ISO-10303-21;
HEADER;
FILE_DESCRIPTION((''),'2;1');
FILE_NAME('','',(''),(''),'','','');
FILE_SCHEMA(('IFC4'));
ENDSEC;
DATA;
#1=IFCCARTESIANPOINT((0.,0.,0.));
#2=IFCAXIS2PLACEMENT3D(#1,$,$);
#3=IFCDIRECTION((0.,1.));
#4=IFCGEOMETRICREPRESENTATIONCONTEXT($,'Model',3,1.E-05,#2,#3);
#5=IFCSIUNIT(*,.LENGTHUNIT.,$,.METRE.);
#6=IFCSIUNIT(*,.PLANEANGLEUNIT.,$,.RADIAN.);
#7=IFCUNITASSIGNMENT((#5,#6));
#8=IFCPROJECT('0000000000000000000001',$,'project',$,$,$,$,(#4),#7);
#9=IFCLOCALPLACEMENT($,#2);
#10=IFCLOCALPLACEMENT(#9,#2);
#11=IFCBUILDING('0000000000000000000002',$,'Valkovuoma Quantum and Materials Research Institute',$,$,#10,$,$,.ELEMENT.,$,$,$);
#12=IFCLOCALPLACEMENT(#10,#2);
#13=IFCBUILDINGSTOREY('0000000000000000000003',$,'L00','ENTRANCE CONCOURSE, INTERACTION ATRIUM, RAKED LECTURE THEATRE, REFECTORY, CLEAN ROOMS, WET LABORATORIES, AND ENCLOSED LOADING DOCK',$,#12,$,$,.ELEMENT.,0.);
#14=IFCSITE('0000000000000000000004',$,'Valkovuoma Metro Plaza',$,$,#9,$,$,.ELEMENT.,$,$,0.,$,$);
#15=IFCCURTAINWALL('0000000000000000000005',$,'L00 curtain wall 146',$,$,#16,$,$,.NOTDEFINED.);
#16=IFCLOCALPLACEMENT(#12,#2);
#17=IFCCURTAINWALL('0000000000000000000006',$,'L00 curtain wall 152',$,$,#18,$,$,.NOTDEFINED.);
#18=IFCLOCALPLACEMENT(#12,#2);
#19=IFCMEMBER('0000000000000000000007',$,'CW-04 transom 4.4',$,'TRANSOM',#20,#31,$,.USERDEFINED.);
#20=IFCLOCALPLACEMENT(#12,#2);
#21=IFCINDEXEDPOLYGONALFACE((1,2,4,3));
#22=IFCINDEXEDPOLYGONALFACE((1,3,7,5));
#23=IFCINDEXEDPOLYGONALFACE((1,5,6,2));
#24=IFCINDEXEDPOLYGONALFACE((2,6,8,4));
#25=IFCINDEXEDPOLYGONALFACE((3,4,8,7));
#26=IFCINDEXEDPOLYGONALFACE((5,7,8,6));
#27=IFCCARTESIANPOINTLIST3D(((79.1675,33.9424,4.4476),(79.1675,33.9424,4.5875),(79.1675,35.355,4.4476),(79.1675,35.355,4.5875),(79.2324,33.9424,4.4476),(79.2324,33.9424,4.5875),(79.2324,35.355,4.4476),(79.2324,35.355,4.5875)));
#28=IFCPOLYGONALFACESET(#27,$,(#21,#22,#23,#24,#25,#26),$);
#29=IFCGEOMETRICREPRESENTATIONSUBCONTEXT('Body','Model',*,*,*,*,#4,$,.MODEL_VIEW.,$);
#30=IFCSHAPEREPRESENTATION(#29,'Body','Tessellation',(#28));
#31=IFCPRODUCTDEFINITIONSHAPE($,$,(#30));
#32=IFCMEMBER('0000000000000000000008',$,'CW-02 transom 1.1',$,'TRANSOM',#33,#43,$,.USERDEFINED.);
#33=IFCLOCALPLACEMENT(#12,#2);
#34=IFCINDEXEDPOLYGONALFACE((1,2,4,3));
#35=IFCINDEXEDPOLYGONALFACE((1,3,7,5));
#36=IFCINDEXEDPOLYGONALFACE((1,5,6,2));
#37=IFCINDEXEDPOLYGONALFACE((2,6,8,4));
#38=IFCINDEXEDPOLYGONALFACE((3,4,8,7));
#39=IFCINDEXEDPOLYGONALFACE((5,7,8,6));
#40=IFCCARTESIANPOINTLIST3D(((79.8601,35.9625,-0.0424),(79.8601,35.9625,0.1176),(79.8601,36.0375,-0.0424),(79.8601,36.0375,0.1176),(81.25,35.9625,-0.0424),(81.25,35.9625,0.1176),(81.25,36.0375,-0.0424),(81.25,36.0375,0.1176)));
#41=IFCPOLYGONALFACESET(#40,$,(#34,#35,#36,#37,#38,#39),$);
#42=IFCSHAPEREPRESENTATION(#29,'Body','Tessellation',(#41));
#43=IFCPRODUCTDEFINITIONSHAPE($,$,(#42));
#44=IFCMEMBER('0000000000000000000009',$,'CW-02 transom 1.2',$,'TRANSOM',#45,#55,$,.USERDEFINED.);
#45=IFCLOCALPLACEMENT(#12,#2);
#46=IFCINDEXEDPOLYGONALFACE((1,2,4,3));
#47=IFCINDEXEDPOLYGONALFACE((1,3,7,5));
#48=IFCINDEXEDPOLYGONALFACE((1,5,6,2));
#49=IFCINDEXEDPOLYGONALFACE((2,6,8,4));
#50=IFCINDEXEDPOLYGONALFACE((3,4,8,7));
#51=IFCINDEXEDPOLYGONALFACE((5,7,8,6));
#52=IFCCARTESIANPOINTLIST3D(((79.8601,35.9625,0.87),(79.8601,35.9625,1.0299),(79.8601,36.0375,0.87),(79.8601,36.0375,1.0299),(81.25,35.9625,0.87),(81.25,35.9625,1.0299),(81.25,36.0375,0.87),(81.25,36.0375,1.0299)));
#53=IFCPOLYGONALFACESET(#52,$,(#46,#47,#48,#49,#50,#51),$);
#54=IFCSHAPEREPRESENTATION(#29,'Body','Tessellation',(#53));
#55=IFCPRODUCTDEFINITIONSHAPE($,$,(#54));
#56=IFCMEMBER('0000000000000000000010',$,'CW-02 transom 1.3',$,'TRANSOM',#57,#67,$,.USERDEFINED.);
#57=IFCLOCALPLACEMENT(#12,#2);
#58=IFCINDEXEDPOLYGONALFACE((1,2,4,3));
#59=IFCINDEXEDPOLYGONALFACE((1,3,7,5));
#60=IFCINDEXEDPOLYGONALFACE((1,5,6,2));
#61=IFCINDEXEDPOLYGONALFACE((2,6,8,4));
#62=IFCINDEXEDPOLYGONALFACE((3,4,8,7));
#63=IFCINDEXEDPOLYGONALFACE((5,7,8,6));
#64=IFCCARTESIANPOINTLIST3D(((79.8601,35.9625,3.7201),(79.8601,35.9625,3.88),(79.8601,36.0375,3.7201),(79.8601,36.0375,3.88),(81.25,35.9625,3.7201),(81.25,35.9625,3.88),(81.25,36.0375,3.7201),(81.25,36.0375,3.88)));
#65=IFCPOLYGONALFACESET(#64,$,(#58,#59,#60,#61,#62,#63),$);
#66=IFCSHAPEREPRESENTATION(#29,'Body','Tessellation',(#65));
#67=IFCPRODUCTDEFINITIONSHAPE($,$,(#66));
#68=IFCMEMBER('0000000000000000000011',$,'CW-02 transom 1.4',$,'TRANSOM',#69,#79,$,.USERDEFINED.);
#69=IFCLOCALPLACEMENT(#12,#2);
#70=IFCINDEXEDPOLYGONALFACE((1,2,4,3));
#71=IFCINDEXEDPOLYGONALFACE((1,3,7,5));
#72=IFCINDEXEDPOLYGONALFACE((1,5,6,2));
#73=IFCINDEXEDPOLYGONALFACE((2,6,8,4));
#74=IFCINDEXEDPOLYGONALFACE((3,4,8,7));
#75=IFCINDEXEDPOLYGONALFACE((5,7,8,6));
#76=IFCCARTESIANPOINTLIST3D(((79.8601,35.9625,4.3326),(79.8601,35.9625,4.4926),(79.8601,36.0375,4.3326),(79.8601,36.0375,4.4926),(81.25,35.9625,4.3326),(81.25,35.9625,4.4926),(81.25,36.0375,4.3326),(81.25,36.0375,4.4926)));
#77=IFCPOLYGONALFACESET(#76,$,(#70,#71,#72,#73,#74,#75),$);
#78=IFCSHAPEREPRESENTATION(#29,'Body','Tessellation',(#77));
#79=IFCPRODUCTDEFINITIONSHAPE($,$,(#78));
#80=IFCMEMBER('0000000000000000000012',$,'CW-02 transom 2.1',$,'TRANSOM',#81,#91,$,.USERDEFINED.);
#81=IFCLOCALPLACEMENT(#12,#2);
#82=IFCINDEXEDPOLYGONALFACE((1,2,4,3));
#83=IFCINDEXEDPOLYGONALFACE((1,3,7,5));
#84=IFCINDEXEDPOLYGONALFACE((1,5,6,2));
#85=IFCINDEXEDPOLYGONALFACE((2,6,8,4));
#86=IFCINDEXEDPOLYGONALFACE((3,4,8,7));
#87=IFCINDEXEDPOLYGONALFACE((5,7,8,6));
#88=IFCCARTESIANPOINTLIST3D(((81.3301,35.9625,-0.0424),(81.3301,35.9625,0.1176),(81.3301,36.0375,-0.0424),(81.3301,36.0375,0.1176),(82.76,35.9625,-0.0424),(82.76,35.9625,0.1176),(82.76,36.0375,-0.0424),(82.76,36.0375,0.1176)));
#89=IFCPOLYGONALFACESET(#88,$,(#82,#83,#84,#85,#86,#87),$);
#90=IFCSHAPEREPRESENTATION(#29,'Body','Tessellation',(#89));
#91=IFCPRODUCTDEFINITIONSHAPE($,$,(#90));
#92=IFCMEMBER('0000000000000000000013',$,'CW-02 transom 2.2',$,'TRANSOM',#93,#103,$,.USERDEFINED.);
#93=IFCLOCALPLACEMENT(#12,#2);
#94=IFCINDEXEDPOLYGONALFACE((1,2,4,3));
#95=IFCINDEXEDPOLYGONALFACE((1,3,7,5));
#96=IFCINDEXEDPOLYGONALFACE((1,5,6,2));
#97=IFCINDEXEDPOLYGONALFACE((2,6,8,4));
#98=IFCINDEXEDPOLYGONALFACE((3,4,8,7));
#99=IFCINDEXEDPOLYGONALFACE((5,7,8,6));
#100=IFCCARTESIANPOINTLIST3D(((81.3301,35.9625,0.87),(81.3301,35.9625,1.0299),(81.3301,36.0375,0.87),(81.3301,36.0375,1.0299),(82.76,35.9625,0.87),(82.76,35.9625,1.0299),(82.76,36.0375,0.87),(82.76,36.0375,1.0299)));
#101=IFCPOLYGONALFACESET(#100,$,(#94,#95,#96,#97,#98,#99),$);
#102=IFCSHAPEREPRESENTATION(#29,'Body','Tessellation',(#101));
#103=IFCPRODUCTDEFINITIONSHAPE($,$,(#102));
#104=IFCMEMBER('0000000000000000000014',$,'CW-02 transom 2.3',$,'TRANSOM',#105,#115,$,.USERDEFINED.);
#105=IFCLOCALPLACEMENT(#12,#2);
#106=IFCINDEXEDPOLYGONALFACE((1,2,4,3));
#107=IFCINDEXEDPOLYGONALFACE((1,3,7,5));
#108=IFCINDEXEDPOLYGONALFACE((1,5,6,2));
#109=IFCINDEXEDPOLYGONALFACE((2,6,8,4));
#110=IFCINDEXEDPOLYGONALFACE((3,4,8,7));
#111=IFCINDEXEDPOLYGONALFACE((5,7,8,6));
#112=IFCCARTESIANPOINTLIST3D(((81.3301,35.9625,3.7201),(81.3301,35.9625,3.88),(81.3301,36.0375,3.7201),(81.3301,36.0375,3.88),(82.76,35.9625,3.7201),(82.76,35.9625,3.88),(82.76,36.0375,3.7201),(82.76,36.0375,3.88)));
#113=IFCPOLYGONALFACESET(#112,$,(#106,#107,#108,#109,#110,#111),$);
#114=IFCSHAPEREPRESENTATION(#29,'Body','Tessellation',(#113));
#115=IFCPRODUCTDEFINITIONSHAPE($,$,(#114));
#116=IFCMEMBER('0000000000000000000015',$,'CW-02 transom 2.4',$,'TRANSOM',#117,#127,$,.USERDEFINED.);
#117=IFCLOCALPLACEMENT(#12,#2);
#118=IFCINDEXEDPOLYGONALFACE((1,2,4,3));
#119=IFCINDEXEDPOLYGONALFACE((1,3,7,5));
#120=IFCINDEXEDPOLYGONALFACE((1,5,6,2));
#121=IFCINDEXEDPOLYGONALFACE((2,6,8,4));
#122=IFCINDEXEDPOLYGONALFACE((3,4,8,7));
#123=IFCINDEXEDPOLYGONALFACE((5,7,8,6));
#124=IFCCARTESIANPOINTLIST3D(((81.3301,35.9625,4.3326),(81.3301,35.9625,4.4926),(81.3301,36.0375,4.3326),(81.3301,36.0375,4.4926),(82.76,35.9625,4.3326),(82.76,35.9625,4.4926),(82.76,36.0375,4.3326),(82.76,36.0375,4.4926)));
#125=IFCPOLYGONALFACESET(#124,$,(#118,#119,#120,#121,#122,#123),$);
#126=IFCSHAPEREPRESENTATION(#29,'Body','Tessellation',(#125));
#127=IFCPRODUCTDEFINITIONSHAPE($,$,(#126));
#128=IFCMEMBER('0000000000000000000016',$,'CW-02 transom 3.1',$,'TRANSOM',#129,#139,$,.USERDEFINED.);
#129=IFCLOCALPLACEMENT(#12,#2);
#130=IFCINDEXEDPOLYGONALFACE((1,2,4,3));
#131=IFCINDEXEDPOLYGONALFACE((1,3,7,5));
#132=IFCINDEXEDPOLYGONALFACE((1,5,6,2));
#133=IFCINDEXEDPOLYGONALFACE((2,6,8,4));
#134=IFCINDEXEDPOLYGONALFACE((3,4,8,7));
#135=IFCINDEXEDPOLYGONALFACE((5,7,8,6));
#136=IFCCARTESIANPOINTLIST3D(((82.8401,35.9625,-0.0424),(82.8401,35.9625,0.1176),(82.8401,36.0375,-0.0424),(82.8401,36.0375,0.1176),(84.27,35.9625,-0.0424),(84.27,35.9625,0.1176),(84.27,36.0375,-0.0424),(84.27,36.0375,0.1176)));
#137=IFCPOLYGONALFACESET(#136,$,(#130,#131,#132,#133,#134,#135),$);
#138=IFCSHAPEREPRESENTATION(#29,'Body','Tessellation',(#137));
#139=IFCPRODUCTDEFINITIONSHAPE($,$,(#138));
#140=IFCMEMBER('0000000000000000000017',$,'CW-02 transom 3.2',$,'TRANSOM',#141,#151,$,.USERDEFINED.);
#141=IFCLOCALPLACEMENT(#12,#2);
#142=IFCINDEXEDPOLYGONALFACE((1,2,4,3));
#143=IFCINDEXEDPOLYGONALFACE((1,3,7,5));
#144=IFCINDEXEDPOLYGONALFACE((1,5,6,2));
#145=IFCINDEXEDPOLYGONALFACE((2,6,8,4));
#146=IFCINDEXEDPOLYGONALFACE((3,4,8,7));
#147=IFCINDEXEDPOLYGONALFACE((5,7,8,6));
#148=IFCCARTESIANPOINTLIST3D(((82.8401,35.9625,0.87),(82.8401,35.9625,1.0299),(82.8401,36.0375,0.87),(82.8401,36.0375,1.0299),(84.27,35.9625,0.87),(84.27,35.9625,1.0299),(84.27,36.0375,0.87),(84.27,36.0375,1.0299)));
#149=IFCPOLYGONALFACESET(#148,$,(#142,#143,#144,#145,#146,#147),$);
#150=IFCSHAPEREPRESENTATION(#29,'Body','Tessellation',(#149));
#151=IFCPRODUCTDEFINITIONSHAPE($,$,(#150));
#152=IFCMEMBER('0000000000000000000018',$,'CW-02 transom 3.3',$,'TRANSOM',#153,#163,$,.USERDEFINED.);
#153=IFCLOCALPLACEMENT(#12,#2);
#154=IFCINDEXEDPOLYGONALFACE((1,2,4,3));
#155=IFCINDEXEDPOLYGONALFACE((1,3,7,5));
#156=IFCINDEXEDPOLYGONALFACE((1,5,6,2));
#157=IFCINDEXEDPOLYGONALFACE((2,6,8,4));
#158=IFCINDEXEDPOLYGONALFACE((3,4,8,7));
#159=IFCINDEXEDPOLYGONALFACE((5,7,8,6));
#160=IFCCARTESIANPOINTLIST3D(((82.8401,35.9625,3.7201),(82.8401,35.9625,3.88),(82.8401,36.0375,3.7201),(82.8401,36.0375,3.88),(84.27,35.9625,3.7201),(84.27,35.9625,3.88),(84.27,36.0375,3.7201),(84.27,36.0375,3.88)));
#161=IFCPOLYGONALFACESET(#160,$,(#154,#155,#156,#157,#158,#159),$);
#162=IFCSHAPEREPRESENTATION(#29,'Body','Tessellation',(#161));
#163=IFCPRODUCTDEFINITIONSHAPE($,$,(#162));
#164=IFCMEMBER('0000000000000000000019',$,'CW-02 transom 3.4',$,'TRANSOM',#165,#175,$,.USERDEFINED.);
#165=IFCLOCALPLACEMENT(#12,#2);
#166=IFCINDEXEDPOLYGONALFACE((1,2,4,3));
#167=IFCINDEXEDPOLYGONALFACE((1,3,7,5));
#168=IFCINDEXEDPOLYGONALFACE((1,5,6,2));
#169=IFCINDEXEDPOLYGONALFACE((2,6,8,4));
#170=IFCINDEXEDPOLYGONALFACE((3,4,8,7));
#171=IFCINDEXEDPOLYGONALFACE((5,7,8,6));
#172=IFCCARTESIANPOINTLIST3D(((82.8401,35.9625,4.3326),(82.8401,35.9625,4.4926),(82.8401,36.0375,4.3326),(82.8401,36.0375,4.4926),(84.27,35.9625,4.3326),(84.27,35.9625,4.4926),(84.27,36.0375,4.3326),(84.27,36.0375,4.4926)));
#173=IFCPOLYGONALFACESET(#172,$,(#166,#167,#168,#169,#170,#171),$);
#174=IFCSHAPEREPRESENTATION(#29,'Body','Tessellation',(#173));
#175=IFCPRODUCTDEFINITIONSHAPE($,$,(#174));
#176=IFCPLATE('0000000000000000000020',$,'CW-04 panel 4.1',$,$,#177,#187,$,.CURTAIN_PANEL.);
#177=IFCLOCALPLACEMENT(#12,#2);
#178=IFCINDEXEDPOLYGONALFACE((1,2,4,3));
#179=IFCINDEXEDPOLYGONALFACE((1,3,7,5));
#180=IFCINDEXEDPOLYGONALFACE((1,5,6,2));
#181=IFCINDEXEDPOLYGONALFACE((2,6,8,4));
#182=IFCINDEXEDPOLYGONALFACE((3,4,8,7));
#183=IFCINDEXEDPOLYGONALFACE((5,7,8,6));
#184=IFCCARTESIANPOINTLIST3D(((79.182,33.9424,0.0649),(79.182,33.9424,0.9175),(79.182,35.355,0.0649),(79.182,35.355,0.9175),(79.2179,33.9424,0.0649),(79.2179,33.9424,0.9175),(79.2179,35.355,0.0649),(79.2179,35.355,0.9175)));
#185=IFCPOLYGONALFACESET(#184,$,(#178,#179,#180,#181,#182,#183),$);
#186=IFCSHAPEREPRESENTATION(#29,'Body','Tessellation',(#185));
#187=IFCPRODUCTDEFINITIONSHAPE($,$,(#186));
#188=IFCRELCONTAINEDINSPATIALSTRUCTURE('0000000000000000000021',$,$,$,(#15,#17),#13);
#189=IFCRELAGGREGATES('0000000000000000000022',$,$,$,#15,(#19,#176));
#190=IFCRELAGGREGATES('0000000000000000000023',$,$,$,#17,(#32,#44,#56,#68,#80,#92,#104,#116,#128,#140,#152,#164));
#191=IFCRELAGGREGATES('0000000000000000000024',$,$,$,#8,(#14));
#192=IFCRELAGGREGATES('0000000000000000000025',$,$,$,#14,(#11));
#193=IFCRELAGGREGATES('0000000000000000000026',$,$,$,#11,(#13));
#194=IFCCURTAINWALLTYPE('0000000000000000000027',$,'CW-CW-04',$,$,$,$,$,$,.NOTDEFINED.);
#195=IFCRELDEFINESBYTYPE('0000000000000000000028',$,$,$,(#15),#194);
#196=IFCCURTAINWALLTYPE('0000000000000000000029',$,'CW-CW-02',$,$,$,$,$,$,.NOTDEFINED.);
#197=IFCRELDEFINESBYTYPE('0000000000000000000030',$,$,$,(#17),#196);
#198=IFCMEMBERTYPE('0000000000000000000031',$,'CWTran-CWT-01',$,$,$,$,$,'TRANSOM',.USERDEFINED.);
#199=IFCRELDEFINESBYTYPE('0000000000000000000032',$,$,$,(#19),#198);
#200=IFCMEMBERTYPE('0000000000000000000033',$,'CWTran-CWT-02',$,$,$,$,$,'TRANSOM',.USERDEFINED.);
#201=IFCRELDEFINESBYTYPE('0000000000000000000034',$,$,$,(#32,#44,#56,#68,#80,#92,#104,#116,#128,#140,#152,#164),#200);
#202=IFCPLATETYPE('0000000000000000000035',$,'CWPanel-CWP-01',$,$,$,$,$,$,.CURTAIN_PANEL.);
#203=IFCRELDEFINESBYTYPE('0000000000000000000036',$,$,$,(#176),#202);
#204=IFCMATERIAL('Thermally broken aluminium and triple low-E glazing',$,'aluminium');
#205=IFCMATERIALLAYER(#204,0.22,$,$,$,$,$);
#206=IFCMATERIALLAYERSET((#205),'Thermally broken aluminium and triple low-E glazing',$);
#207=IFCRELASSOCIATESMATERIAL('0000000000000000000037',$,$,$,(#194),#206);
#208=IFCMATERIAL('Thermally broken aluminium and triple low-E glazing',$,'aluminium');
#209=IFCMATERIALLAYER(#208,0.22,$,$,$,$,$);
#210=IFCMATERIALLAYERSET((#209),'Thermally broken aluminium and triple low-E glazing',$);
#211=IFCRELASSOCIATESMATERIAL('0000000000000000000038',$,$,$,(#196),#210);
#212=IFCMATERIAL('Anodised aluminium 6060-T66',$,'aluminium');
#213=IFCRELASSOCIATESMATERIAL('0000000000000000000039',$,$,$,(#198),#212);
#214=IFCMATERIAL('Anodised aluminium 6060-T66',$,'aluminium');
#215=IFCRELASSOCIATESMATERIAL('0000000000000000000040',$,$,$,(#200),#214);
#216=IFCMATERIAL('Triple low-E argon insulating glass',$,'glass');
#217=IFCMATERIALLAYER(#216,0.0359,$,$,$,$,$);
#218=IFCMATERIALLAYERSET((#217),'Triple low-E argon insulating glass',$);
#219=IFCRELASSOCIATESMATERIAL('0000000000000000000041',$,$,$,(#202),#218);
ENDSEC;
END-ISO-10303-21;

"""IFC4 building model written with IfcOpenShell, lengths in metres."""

from ifc_helpers import new_model, si_unit, direction, frame, origin, origin_2d, place, context, subcontext, project, spatial, rectangle, extrude, material, layer, layer_set, material_profile, profile_set, type_object, element, aggregate, save


model = new_model("IFC4")

# Units and contexts
model_context = context("Model", 3, precision=1e-05, world=origin(), true_north=direction((0.0, 1.0)))
body_context = subcontext(model_context, "Body", "Model", "MODEL_VIEW")
ifc_project = project(units=[si_unit("LENGTHUNIT", "METRE"), si_unit("PLANEANGLEUNIT", "RADIAN")], contexts=[model_context])

# Site, building, storey
site_placement = place(None, origin())
site = spatial("IfcSite", under=ifc_project, at=site_placement, Name="Valkovuoma Metro Plaza", CompositionType="ELEMENT", RefElevation=0.0)
building_placement = place(site_placement, origin())
building = spatial("IfcBuilding", under=site, at=building_placement, Name="Valkovuoma Quantum and Materials Research Institute", CompositionType="ELEMENT")
storey_placement = place(building_placement, origin())
storey = spatial("IfcBuildingStorey", under=building, at=storey_placement, Name="L00", Description="ENTRANCE CONCOURSE, INTERACTION ATRIUM, RAKED LECTURE THEATRE, REFECTORY, CLEAN ROOMS, WET LABORATORIES, AND ENCLOSED LOADING DOCK", CompositionType="ELEMENT", Elevation=0.0)

# Curtain wall
ifc_material_1 = material(Name="Thermally broken aluminium and triple low-E glazing", Category="aluminium")
ifc_layer_1 = layer(ifc_material_1, 0.22)
ifc_layer_set_1 = layer_set([ifc_layer_1], Name="Thermally broken aluminium and triple low-E glazing")
curtain_wall_type_1 = type_object("IfcCurtainWallType", Name="CW-CW-04", PredefinedType="NOTDEFINED", material=ifc_layer_set_1)
curtain_wall_1_placement = place(storey_placement, origin())
curtain_wall_1 = element("IfcCurtainWall", 1, at=curtain_wall_1_placement, inside=storey, type_object=curtain_wall_type_1, Name="L00 curtain wall 146", PredefinedType="NOTDEFINED")

# Curtain wall
ifc_material_2 = material(Name="Thermally broken aluminium and triple low-E glazing", Category="aluminium")
ifc_layer_2 = layer(ifc_material_2, 0.22)
ifc_layer_set_2 = layer_set([ifc_layer_2], Name="Thermally broken aluminium and triple low-E glazing")
curtain_wall_type_2 = type_object("IfcCurtainWallType", Name="CW-CW-02", PredefinedType="NOTDEFINED", material=ifc_layer_set_2)
curtain_wall_2_placement = place(storey_placement, origin())
curtain_wall_2 = element("IfcCurtainWall", 2, at=curtain_wall_2_placement, inside=storey, type_object=curtain_wall_type_2, Name="L00 curtain wall 152", PredefinedType="NOTDEFINED")

# Members
ifc_material_3 = material(Name="Anodised aluminium 6060-T66", Category="aluminium")
ifc_material_profile_1 = material_profile(ifc_material_3, rectangle(XDim=0.0649, YDim=0.1399, at=origin_2d()), Name="Anodised aluminium 6060-T66")
ifc_profile_set_1 = profile_set([ifc_material_profile_1], Name="Anodised aluminium 6060-T66")
member_type_1 = type_object("IfcMemberType", Name="CWTran-CWT-01", ElementType="TRANSOM", PredefinedType="USERDEFINED", material=ifc_profile_set_1)
member_1_placement = place(storey_placement, frame((79.2, 33.9424, 4.5176), z_axis=(0.0, 1.0, 0.0), x_axis=(-1.0, 0.0, 0.0)))
member_1 = element("IfcMember", 3, at=member_1_placement, type_object=member_type_1, Name="CW-04 transom 4.4", ObjectType="TRANSOM", PredefinedType="USERDEFINED", context=body_context, shape_type="SweptSolid", body=[
    extrude(rectangle(XDim=0.0649, YDim=0.1399, at=origin_2d()), origin(), (0.0, 0.0, 1.0), 1.4126),
])
ifc_material_4 = material(Name="Anodised aluminium 6060-T66", Category="aluminium")
ifc_material_profile_2 = material_profile(ifc_material_4, rectangle(XDim=0.075, YDim=0.1599, at=origin_2d()), Name="Anodised aluminium 6060-T66")
ifc_profile_set_2 = profile_set([ifc_material_profile_2], Name="Anodised aluminium 6060-T66")
member_type_2 = type_object("IfcMemberType", Name="CWTran-CWT-02", ElementType="TRANSOM", PredefinedType="USERDEFINED", material=ifc_profile_set_2)
member_2_placement = place(storey_placement, frame((79.8601, 36.0, 0.0376), z_axis=(1.0, 0.0, 0.0), x_axis=(0.0, 1.0, 0.0)))
member_2 = element("IfcMember", 4, at=member_2_placement, type_object=member_type_2, Name="CW-02 transom 1.1", ObjectType="TRANSOM", PredefinedType="USERDEFINED", context=body_context, shape_type="SweptSolid", body=[
    extrude(rectangle(XDim=0.075, YDim=0.1599, at=origin_2d()), origin(), (0.0, 0.0, 1.0), 1.3899),
])
member_3_placement = place(storey_placement, frame((79.8601, 36.0, 0.95), z_axis=(1.0, 0.0, 0.0), x_axis=(0.0, 1.0, 0.0)))
member_3 = element("IfcMember", 5, at=member_3_placement, type_object=member_type_2, Name="CW-02 transom 1.2", ObjectType="TRANSOM", PredefinedType="USERDEFINED", context=body_context, shape_type="SweptSolid", body=[
    extrude(rectangle(XDim=0.075, YDim=0.1599, at=origin_2d()), origin(), (0.0, 0.0, 1.0), 1.3899),
])
member_4_placement = place(storey_placement, frame((79.8601, 36.0, 3.8), z_axis=(1.0, 0.0, 0.0), x_axis=(0.0, 1.0, 0.0)))
member_4 = element("IfcMember", 6, at=member_4_placement, type_object=member_type_2, Name="CW-02 transom 1.3", ObjectType="TRANSOM", PredefinedType="USERDEFINED", context=body_context, shape_type="SweptSolid", body=[
    extrude(rectangle(XDim=0.075, YDim=0.1599, at=origin_2d()), origin(), (0.0, 0.0, 1.0), 1.3899),
])
member_5_placement = place(storey_placement, frame((79.8601, 36.0, 4.4126), z_axis=(1.0, 0.0, 0.0), x_axis=(0.0, 1.0, 0.0)))
member_5 = element("IfcMember", 7, at=member_5_placement, type_object=member_type_2, Name="CW-02 transom 1.4", ObjectType="TRANSOM", PredefinedType="USERDEFINED", context=body_context, shape_type="SweptSolid", body=[
    extrude(rectangle(XDim=0.075, YDim=0.1599, at=origin_2d()), origin(), (0.0, 0.0, 1.0), 1.3899),
])
member_6_placement = place(storey_placement, frame((81.3301, 36.0, 0.0376), z_axis=(1.0, 0.0, 0.0), x_axis=(0.0, 1.0, 0.0)))
member_6 = element("IfcMember", 8, at=member_6_placement, type_object=member_type_2, Name="CW-02 transom 2.1", ObjectType="TRANSOM", PredefinedType="USERDEFINED", context=body_context, shape_type="SweptSolid", body=[
    extrude(rectangle(XDim=0.075, YDim=0.1599, at=origin_2d()), origin(), (0.0, 0.0, 1.0), 1.4299),
])
member_7_placement = place(storey_placement, frame((81.3301, 36.0, 0.95), z_axis=(1.0, 0.0, 0.0), x_axis=(0.0, 1.0, 0.0)))
member_7 = element("IfcMember", 9, at=member_7_placement, type_object=member_type_2, Name="CW-02 transom 2.2", ObjectType="TRANSOM", PredefinedType="USERDEFINED", context=body_context, shape_type="SweptSolid", body=[
    extrude(rectangle(XDim=0.075, YDim=0.1599, at=origin_2d()), origin(), (0.0, 0.0, 1.0), 1.4299),
])
member_8_placement = place(storey_placement, frame((81.3301, 36.0, 3.8), z_axis=(1.0, 0.0, 0.0), x_axis=(0.0, 1.0, 0.0)))
member_8 = element("IfcMember", 10, at=member_8_placement, type_object=member_type_2, Name="CW-02 transom 2.3", ObjectType="TRANSOM", PredefinedType="USERDEFINED", context=body_context, shape_type="SweptSolid", body=[
    extrude(rectangle(XDim=0.075, YDim=0.1599, at=origin_2d()), origin(), (0.0, 0.0, 1.0), 1.4299),
])
member_9_placement = place(storey_placement, frame((81.3301, 36.0, 4.4126), z_axis=(1.0, 0.0, 0.0), x_axis=(0.0, 1.0, 0.0)))
member_9 = element("IfcMember", 11, at=member_9_placement, type_object=member_type_2, Name="CW-02 transom 2.4", ObjectType="TRANSOM", PredefinedType="USERDEFINED", context=body_context, shape_type="SweptSolid", body=[
    extrude(rectangle(XDim=0.075, YDim=0.1599, at=origin_2d()), origin(), (0.0, 0.0, 1.0), 1.4299),
])
member_10_placement = place(storey_placement, frame((82.8401, 36.0, 0.0376), z_axis=(1.0, 0.0, 0.0), x_axis=(0.0, 1.0, 0.0)))
member_10 = element("IfcMember", 12, at=member_10_placement, type_object=member_type_2, Name="CW-02 transom 3.1", ObjectType="TRANSOM", PredefinedType="USERDEFINED", context=body_context, shape_type="SweptSolid", body=[
    extrude(rectangle(XDim=0.075, YDim=0.1599, at=origin_2d()), origin(), (0.0, 0.0, 1.0), 1.4299),
])
member_11_placement = place(storey_placement, frame((82.8401, 36.0, 0.95), z_axis=(1.0, 0.0, 0.0), x_axis=(0.0, 1.0, 0.0)))
member_11 = element("IfcMember", 13, at=member_11_placement, type_object=member_type_2, Name="CW-02 transom 3.2", ObjectType="TRANSOM", PredefinedType="USERDEFINED", context=body_context, shape_type="SweptSolid", body=[
    extrude(rectangle(XDim=0.075, YDim=0.1599, at=origin_2d()), origin(), (0.0, 0.0, 1.0), 1.4299),
])
member_12_placement = place(storey_placement, frame((82.8401, 36.0, 3.8), z_axis=(1.0, 0.0, 0.0), x_axis=(0.0, 1.0, 0.0)))
member_12 = element("IfcMember", 14, at=member_12_placement, type_object=member_type_2, Name="CW-02 transom 3.3", ObjectType="TRANSOM", PredefinedType="USERDEFINED", context=body_context, shape_type="SweptSolid", body=[
    extrude(rectangle(XDim=0.075, YDim=0.1599, at=origin_2d()), origin(), (0.0, 0.0, 1.0), 1.4299),
])
member_13_placement = place(storey_placement, frame((82.8401, 36.0, 4.4126), z_axis=(1.0, 0.0, 0.0), x_axis=(0.0, 1.0, 0.0)))
member_13 = element("IfcMember", 15, at=member_13_placement, type_object=member_type_2, Name="CW-02 transom 3.4", ObjectType="TRANSOM", PredefinedType="USERDEFINED", context=body_context, shape_type="SweptSolid", body=[
    extrude(rectangle(XDim=0.075, YDim=0.1599, at=origin_2d()), origin(), (0.0, 0.0, 1.0), 1.4299),
])

# Plate
ifc_material_5 = material(Name="Triple low-E argon insulating glass", Category="glass")
ifc_layer_3 = layer(ifc_material_5, 0.0359)
ifc_layer_set_3 = layer_set([ifc_layer_3], Name="Triple low-E argon insulating glass")
plate_type_1 = type_object("IfcPlateType", Name="CWPanel-CWP-01", PredefinedType="CURTAIN_PANEL", material=ifc_layer_set_3)
plate_1_placement = place(storey_placement, frame((79.2, 34.6487, 0.0649), z_axis=(0.0, 0.0, 1.0), x_axis=(0.0, 1.0, 0.0)))
plate_1 = element("IfcPlate", 16, at=plate_1_placement, type_object=plate_type_1, Name="CW-04 panel 4.1", PredefinedType="CURTAIN_PANEL", context=body_context, shape_type="SweptSolid", body=[
    extrude(rectangle(XDim=1.4126, YDim=0.0359, at=origin_2d()), origin(), (0.0, 0.0, 1.0), 0.8525),
])
aggregate(curtain_wall_1, [member_1, plate_1])
aggregate(curtain_wall_2, [member_2, member_3, member_4, member_5, member_6, member_7, member_8, member_9, member_10, member_11, member_12, member_13])

save(model, "model.ifc")
